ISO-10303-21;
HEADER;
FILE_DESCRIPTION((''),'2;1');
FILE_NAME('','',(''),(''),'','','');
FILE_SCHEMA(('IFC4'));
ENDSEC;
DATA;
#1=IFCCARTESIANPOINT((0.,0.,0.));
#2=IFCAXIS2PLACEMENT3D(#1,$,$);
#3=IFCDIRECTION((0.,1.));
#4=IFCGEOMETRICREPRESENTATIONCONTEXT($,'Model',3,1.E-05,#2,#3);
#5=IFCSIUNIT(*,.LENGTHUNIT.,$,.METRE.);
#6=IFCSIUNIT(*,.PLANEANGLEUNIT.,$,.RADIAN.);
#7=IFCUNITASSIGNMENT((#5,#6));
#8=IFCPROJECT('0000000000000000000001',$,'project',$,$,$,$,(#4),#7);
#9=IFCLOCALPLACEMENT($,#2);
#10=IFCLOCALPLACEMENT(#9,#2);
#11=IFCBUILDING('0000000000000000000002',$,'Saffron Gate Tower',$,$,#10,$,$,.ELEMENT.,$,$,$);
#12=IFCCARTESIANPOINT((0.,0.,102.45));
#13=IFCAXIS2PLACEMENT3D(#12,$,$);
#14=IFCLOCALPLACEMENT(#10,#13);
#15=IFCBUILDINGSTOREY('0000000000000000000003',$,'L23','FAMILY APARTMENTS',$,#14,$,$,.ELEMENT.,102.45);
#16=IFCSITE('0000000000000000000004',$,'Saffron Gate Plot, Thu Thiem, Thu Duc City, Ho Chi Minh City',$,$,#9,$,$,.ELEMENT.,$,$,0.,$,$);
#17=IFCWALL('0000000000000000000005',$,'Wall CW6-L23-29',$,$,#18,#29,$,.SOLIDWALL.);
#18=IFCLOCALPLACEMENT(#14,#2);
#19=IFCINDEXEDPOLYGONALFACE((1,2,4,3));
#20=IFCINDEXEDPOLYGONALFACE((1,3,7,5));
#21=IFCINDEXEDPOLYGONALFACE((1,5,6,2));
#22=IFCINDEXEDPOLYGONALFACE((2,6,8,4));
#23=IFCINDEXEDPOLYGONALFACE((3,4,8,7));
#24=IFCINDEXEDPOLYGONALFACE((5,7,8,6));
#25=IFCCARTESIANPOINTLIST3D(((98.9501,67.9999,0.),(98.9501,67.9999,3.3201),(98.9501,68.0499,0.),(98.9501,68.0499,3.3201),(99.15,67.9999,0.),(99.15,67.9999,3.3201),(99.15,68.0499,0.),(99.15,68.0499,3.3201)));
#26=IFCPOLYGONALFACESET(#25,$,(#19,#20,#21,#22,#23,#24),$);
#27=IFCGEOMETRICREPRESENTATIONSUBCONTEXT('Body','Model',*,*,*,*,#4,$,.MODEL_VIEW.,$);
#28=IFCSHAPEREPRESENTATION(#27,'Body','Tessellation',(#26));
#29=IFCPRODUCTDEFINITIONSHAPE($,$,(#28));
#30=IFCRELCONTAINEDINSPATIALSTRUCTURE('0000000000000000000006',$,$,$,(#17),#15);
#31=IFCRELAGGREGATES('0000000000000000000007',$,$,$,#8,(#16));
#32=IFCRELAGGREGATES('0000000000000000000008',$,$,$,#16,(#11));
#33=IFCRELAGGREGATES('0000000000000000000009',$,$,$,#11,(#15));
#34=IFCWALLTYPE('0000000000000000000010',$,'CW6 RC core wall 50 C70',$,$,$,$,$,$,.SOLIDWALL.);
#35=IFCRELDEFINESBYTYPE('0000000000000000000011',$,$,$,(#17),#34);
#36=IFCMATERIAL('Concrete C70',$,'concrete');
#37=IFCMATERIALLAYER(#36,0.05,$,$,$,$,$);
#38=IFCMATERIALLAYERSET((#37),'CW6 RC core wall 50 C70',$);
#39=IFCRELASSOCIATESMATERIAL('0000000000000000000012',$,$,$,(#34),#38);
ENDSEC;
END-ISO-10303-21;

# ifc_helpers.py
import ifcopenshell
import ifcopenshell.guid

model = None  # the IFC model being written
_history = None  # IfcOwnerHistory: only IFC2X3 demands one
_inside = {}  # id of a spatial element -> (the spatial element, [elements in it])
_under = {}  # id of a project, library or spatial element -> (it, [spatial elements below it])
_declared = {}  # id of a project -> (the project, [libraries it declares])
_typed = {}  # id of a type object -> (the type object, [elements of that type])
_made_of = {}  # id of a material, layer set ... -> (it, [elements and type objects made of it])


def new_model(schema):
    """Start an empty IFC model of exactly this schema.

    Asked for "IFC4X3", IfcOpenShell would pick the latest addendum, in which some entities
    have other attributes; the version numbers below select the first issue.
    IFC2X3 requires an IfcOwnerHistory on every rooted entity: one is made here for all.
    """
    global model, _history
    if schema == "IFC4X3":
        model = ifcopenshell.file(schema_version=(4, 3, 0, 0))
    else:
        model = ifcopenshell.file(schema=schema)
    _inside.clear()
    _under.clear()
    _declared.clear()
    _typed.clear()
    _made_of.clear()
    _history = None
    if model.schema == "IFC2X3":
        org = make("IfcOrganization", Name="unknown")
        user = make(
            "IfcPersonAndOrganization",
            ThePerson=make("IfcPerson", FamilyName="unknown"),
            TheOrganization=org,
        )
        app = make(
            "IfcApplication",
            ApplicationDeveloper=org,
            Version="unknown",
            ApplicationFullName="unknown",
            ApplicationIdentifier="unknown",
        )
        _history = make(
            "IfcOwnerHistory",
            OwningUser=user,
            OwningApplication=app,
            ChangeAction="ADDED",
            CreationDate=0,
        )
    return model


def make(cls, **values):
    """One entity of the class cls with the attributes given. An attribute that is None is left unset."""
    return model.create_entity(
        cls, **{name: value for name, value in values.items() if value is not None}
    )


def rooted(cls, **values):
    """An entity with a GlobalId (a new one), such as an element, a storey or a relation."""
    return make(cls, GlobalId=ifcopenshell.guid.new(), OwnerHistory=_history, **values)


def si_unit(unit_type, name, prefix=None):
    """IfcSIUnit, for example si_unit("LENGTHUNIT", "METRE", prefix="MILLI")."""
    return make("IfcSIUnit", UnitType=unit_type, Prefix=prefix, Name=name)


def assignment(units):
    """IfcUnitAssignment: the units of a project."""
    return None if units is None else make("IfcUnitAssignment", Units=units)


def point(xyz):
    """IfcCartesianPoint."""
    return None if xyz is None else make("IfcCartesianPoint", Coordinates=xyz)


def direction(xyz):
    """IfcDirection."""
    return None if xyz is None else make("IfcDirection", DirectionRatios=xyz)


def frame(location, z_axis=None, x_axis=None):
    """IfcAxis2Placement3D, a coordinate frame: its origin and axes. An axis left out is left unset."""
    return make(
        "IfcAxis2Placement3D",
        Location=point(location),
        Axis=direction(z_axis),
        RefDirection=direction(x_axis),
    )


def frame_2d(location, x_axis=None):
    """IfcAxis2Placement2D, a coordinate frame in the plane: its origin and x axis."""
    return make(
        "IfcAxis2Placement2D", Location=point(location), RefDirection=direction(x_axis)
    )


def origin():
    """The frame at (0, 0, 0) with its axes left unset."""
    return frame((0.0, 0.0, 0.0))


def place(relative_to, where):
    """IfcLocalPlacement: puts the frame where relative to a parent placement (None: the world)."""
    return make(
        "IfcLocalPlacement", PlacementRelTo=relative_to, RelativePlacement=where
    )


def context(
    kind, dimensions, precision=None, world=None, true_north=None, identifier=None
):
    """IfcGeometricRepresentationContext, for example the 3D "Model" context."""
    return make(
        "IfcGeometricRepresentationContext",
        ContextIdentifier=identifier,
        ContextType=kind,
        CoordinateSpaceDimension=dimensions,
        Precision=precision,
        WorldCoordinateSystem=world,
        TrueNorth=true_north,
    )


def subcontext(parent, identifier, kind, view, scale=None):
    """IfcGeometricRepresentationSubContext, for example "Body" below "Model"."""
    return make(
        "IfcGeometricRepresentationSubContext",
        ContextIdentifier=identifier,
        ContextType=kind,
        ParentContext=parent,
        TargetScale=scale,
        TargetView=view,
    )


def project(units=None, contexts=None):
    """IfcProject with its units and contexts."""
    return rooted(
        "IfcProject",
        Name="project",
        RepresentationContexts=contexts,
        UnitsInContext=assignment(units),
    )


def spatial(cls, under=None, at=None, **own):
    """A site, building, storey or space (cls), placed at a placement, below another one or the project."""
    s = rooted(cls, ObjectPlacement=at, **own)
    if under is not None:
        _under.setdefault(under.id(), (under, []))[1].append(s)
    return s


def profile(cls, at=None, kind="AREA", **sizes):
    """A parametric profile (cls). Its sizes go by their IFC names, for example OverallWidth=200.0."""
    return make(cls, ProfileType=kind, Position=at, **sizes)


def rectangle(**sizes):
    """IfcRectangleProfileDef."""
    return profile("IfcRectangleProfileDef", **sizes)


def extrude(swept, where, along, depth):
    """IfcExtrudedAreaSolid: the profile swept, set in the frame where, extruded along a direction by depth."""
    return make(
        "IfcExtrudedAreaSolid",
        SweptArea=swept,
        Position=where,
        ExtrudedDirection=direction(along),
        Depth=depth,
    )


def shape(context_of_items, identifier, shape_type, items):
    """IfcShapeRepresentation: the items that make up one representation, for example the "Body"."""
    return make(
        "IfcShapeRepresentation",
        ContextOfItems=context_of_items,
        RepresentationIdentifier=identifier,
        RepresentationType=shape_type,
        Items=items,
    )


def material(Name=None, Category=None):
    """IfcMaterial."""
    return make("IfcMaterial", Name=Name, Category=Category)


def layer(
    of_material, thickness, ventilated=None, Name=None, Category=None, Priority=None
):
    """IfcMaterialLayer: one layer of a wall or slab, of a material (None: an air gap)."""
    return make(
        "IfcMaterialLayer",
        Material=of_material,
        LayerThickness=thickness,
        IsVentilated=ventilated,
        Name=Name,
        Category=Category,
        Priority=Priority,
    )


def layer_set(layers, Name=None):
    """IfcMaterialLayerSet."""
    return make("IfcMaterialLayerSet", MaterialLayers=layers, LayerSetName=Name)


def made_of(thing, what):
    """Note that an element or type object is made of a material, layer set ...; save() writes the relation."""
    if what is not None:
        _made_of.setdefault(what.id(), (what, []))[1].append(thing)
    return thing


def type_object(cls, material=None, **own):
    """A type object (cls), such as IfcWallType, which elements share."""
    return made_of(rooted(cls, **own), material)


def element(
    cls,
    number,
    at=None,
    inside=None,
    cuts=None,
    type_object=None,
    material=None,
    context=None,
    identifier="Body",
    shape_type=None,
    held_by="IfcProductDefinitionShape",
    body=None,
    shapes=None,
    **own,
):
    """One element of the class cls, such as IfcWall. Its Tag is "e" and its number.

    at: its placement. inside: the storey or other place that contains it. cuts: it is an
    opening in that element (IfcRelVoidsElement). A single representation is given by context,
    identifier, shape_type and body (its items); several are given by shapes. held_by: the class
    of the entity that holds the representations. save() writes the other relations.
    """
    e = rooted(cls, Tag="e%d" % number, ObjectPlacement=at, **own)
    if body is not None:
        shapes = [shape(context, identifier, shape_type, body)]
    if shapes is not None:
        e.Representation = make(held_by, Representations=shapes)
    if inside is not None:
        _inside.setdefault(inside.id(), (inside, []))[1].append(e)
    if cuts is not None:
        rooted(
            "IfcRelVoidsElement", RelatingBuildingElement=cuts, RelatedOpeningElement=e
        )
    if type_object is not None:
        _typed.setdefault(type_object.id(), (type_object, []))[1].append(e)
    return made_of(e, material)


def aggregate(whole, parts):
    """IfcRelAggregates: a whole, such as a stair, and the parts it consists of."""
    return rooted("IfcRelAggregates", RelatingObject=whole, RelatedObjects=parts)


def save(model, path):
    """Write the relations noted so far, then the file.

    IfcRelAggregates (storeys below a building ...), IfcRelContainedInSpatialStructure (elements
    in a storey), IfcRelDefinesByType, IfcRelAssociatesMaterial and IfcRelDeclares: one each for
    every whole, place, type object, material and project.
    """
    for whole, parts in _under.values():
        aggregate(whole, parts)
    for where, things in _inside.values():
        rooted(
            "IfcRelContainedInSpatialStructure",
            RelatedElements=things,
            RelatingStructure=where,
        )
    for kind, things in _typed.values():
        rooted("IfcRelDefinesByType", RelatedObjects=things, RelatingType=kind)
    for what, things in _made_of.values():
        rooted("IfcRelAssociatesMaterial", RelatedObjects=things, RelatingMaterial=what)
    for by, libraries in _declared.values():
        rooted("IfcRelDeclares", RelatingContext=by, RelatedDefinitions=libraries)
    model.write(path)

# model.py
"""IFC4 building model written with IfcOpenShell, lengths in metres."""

from ifc_helpers import new_model, si_unit, direction, frame, frame_2d, origin, place, context, subcontext, project, spatial, rectangle, extrude, material, layer, layer_set, type_object, element, save


model = new_model("IFC4")

# Units and contexts
model_context = context("Model", 3, precision=1e-05, world=origin(), true_north=direction((0.0, 1.0)))
body_context = subcontext(model_context, "Body", "Model", "MODEL_VIEW")
ifc_project = project(units=[si_unit("LENGTHUNIT", "METRE"), si_unit("PLANEANGLEUNIT", "RADIAN")], contexts=[model_context])

# Site, building, storey
site_placement = place(None, origin())
site = spatial("IfcSite", under=ifc_project, at=site_placement, Name="Saffron Gate Plot, Thu Thiem, Thu Duc City, Ho Chi Minh City", CompositionType="ELEMENT", RefElevation=0.0)
building_placement = place(site_placement, origin())
building = spatial("IfcBuilding", under=site, at=building_placement, Name="Saffron Gate Tower", CompositionType="ELEMENT")
storey_placement = place(building_placement, frame((0.0, 0.0, 102.45)))
storey = spatial("IfcBuildingStorey", under=building, at=storey_placement, Name="L23", Description="FAMILY APARTMENTS", CompositionType="ELEMENT", Elevation=102.45)

# Shared definitions
ifc_material_1 = material(Name="Concrete C70", Category="concrete")

# Wall
ifc_layer_1 = layer(ifc_material_1, 0.05)
ifc_layer_set_1 = layer_set([ifc_layer_1], Name="CW6 RC core wall 50 C70")
wall_type_1 = type_object("IfcWallType", Name="CW6 RC core wall 50 C70", PredefinedType="SOLIDWALL", material=ifc_layer_set_1)
wall_1_placement = place(storey_placement, frame((98.95, 68.0249, 0.0), z_axis=(0.0, 0.0, 1.0), x_axis=(1.0, 0.0, 0.0)))
element("IfcWall", 1, at=wall_1_placement, inside=storey, type_object=wall_type_1, Name="Wall CW6-L23-29", PredefinedType="SOLIDWALL", context=body_context, shape_type="SweptSolid", body=[
    extrude(rectangle(XDim=0.2, YDim=0.05, at=frame_2d((0.1001, 0.0))), origin(), (0.0, 0.0, 1.0), 3.3201),
])

save(model, "model.ifc")
